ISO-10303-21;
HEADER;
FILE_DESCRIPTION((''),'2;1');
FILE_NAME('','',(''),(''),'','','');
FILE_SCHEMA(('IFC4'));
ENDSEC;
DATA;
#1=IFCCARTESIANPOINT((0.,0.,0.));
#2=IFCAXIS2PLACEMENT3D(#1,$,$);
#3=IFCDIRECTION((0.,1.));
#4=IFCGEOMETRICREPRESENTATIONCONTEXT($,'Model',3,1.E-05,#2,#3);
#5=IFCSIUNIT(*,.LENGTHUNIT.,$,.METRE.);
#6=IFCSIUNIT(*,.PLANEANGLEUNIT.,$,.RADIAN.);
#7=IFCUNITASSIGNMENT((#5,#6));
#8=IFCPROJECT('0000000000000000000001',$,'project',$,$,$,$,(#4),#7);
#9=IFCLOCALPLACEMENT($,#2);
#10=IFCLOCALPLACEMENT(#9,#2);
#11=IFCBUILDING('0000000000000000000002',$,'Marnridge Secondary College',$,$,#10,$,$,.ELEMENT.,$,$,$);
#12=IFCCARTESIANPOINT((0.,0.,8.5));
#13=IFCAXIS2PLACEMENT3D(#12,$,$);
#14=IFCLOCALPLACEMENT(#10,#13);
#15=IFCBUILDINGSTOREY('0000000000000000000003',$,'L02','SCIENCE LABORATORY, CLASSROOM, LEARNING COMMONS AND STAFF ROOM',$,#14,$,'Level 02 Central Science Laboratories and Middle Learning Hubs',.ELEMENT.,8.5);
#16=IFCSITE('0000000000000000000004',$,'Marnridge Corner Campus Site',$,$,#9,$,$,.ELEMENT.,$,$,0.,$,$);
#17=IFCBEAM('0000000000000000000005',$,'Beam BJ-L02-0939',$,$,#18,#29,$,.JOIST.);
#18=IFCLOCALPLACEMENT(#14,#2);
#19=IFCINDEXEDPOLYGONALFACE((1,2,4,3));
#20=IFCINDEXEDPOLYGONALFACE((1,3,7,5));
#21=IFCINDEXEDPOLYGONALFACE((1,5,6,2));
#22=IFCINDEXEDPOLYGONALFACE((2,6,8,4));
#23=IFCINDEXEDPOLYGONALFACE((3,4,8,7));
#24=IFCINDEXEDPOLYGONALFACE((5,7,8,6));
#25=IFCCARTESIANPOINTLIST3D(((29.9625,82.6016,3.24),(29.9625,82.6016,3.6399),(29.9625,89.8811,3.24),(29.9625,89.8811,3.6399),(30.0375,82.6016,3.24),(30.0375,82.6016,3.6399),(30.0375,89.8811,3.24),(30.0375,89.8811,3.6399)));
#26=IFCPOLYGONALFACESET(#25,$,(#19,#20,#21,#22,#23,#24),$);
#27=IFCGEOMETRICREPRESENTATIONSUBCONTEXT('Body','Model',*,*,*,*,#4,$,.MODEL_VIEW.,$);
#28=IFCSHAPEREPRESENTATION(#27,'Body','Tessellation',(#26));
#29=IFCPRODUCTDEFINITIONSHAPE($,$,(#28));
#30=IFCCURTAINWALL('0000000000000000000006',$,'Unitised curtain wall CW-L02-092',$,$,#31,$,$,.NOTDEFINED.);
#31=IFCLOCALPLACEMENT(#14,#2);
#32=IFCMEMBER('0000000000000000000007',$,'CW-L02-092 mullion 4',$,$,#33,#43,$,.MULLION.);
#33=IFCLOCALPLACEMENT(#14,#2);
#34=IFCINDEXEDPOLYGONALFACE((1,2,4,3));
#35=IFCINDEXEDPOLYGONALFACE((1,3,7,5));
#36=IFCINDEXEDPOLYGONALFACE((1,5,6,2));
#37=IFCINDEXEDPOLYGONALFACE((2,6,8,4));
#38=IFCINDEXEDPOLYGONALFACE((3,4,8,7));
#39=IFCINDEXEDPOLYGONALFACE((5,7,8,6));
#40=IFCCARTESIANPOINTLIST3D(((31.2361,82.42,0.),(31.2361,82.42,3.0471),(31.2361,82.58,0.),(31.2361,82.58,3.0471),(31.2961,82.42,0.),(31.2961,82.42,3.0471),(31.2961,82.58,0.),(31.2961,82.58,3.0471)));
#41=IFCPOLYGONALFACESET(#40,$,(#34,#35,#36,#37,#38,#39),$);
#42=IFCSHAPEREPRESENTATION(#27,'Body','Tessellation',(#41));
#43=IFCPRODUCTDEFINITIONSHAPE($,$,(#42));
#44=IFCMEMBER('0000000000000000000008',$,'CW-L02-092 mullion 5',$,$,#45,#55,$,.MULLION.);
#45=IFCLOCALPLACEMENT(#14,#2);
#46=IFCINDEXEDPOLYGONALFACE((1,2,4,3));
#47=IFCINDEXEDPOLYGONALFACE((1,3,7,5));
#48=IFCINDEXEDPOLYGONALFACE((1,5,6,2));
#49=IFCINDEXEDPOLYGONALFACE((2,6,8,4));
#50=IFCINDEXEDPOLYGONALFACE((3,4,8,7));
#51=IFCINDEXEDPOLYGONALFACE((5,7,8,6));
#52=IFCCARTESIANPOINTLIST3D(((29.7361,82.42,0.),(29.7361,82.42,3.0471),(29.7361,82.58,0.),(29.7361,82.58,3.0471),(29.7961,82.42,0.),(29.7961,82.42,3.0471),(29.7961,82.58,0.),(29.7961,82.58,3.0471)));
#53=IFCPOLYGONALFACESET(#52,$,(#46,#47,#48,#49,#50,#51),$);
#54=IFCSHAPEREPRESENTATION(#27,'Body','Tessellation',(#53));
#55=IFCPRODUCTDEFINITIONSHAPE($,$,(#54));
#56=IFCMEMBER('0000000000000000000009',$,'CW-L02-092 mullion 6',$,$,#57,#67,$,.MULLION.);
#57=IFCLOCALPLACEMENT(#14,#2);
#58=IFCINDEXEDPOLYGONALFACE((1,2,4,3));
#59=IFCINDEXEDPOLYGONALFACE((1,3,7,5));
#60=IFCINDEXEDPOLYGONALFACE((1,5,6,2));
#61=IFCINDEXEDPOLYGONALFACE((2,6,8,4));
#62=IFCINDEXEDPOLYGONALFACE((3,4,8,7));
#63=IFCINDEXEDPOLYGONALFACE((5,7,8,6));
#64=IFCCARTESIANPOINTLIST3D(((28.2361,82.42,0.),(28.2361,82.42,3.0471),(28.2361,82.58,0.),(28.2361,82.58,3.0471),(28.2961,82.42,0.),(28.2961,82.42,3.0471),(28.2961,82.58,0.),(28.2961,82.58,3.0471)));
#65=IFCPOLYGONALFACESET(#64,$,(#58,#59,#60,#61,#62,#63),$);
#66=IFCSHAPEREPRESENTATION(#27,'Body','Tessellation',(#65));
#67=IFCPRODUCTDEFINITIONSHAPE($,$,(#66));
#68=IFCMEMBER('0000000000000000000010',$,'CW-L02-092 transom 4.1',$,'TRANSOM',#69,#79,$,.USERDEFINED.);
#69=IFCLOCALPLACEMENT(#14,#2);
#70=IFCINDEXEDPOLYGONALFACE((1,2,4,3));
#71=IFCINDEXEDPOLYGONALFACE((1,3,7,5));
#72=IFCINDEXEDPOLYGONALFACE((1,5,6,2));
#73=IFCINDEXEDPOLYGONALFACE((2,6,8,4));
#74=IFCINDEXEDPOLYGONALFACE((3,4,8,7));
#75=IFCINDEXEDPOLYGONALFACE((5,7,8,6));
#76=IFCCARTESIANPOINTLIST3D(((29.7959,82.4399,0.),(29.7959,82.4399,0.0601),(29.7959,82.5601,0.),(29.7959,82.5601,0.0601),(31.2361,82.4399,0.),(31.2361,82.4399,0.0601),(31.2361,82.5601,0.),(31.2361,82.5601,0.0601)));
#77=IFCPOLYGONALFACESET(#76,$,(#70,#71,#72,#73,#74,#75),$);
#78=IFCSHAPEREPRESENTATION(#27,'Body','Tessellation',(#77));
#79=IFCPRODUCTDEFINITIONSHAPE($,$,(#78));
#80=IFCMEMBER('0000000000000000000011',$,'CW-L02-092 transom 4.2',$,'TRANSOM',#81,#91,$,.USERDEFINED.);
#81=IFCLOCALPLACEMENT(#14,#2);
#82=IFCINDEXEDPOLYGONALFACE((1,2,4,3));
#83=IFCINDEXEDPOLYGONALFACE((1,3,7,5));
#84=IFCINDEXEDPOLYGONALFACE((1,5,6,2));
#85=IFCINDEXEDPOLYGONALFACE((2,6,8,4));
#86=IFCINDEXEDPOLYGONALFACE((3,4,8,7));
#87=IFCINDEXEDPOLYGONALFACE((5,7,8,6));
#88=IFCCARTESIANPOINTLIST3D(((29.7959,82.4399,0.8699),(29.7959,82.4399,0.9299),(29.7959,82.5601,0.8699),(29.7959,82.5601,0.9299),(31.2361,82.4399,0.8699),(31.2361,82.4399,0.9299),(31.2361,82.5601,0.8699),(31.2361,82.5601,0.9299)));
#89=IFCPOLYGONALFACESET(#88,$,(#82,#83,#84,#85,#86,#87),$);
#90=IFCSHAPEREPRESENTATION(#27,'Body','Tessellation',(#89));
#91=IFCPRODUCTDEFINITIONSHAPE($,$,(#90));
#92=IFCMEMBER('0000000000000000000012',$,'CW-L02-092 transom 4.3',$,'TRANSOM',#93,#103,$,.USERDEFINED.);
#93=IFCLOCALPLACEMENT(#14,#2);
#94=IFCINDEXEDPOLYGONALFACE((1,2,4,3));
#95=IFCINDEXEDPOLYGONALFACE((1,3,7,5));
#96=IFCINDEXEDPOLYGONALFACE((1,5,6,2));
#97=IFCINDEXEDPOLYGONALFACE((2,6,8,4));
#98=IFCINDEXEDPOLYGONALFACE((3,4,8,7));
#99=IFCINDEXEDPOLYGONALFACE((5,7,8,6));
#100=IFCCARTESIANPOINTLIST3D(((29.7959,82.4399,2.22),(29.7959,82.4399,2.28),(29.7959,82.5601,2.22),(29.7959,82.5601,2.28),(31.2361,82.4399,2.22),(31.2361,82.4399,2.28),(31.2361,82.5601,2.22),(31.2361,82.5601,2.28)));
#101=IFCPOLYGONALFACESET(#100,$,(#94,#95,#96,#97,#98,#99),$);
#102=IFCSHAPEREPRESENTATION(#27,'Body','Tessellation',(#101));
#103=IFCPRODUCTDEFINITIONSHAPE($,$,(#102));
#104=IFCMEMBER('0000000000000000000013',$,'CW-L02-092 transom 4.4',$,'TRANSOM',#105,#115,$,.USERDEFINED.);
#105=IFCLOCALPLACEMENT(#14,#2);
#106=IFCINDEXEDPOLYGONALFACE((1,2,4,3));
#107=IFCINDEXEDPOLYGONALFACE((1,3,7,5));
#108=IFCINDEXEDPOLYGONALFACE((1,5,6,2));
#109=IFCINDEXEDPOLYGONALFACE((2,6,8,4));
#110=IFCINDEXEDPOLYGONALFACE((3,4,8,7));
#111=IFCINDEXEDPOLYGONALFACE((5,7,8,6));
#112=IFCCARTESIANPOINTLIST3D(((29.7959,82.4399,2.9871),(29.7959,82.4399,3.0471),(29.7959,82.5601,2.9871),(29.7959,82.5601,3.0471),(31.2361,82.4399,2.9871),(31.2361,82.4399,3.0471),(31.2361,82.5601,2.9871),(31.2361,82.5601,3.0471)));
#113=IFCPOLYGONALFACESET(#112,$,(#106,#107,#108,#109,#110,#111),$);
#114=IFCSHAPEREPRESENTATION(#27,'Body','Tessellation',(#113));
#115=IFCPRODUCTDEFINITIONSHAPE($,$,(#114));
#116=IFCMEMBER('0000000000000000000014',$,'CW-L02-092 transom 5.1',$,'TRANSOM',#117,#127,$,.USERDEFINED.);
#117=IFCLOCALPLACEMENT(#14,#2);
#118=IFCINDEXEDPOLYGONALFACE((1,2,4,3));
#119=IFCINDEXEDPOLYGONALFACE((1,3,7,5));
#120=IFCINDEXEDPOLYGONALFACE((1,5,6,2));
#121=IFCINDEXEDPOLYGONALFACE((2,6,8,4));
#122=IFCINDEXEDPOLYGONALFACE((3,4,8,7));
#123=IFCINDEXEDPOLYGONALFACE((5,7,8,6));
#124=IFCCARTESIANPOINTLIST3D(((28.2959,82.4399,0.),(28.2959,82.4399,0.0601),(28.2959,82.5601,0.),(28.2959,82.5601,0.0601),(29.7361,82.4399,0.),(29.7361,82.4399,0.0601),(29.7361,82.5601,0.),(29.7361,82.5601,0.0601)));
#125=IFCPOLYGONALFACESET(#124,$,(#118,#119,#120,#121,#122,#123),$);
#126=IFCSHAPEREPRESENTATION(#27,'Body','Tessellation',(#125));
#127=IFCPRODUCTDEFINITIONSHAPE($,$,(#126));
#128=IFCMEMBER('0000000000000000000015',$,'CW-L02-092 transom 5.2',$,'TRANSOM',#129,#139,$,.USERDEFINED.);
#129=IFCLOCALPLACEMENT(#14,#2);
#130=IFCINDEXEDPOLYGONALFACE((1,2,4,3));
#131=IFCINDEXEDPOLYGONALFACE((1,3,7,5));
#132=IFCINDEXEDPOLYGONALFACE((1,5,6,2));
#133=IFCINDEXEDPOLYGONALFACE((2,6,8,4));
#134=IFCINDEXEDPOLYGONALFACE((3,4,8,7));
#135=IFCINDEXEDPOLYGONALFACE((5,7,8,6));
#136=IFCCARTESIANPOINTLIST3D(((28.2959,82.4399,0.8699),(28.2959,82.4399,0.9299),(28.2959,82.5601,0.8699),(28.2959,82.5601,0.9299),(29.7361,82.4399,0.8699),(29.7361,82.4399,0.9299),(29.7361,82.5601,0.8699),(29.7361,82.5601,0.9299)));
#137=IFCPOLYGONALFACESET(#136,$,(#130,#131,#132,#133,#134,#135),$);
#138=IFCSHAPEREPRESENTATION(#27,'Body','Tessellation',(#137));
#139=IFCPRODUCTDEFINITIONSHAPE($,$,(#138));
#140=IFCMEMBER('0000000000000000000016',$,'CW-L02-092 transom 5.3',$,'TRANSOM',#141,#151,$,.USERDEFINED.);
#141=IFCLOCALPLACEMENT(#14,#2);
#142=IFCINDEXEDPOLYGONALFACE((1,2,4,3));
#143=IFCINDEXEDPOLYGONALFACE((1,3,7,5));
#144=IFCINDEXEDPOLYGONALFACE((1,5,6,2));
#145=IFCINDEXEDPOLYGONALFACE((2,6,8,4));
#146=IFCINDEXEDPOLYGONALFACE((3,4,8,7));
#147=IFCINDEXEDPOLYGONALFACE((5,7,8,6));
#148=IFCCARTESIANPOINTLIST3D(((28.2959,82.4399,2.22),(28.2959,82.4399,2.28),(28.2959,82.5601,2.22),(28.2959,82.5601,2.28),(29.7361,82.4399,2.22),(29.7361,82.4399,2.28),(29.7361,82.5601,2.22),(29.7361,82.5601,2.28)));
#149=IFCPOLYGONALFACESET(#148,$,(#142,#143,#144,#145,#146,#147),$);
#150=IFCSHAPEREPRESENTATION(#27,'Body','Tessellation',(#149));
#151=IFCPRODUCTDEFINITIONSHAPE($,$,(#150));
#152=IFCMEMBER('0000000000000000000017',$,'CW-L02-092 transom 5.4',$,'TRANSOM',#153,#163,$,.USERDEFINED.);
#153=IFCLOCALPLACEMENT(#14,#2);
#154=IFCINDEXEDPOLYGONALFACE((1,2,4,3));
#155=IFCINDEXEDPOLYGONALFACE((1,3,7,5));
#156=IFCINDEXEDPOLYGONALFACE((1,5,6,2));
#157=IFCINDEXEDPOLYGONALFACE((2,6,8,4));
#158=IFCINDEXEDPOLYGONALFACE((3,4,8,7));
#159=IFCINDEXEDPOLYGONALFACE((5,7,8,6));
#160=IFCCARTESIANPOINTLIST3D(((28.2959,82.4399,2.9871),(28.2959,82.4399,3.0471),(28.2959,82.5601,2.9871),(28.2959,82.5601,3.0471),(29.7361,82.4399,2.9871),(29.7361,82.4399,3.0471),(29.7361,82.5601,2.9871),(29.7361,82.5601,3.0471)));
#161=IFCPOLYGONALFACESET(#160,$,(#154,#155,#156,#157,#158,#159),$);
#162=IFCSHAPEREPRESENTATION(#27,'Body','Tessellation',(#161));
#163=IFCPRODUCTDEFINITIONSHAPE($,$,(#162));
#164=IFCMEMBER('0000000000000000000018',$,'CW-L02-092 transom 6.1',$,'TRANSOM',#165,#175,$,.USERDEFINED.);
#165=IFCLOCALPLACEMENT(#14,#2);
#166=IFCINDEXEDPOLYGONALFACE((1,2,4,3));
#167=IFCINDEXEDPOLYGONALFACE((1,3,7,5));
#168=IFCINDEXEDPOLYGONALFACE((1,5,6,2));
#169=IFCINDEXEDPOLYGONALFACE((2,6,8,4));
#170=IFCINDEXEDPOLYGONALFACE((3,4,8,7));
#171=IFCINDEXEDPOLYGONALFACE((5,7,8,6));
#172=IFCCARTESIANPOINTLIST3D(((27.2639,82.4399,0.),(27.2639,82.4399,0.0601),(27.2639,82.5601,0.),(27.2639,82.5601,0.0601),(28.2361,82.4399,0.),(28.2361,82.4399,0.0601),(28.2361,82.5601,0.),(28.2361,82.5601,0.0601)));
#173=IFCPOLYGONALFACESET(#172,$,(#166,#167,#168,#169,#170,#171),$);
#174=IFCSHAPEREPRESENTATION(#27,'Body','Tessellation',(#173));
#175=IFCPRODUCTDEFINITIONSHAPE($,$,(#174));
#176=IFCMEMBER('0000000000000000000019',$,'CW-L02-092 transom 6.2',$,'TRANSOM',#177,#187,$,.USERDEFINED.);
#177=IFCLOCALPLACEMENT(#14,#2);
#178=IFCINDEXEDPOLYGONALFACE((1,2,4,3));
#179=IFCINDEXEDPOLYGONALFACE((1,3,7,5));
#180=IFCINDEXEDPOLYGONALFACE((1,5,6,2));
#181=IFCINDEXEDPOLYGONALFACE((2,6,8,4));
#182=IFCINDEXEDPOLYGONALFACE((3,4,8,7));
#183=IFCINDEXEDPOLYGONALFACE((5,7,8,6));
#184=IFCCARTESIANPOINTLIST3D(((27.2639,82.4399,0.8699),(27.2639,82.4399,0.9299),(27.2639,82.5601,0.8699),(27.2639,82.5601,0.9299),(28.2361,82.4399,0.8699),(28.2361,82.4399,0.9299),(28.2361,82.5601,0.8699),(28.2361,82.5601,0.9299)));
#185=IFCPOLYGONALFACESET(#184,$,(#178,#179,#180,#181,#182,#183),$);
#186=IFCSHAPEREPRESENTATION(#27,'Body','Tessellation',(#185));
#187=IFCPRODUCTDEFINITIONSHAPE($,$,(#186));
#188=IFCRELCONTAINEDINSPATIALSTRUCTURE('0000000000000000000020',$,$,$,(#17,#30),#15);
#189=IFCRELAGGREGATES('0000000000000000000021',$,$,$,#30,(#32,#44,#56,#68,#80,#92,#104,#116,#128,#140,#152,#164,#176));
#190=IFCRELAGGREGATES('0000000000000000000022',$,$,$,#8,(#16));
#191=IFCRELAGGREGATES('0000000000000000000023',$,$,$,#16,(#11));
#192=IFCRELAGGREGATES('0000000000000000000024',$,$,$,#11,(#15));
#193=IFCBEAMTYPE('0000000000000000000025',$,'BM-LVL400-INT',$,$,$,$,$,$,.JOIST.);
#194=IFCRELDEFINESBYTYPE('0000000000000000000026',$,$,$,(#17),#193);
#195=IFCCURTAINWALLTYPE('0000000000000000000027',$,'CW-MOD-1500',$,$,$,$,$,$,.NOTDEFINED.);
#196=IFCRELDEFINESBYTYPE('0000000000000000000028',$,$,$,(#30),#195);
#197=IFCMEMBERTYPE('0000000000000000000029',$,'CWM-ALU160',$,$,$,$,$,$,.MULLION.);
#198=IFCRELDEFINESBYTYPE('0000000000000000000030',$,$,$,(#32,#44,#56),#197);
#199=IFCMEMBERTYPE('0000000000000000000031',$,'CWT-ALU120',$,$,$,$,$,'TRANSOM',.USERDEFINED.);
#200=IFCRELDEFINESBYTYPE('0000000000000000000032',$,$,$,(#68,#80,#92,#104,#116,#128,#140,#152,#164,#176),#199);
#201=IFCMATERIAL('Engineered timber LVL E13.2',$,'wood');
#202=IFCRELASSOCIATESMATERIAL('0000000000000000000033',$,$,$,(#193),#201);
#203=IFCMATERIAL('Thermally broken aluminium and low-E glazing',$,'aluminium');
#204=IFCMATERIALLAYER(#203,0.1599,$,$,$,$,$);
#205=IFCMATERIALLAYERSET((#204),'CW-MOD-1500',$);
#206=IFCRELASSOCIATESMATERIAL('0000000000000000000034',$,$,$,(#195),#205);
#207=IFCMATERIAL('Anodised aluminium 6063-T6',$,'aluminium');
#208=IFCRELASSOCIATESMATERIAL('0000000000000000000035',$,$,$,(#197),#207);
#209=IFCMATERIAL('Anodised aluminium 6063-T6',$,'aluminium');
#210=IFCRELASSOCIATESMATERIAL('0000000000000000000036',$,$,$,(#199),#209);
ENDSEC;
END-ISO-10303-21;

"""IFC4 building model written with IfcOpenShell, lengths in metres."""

from ifc_helpers import new_model, si_unit, direction, frame, origin, origin_2d, place, context, subcontext, project, spatial, rectangle, extrude, material, layer, layer_set, material_profile, profile_set, type_object, element, aggregate, save


model = new_model("IFC4")

# Units and contexts
model_context = context("Model", 3, precision=1e-05, world=origin(), true_north=direction((0.0, 1.0)))
body_context = subcontext(model_context, "Body", "Model", "MODEL_VIEW")
ifc_project = project(units=[si_unit("LENGTHUNIT", "METRE"), si_unit("PLANEANGLEUNIT", "RADIAN")], contexts=[model_context])

# Site, building, storey
site_placement = place(None, origin())
site = spatial("IfcSite", under=ifc_project, at=site_placement, Name="Marnridge Corner Campus Site", CompositionType="ELEMENT", RefElevation=0.0)
building_placement = place(site_placement, origin())
building = spatial("IfcBuilding", under=site, at=building_placement, Name="Marnridge Secondary College", CompositionType="ELEMENT")
storey_placement = place(building_placement, frame((0.0, 0.0, 8.5)))
storey = spatial("IfcBuildingStorey", under=building, at=storey_placement, Name="L02", Description="SCIENCE LABORATORY, CLASSROOM, LEARNING COMMONS AND STAFF ROOM", LongName="Level 02 Central Science Laboratories and Middle Learning Hubs", CompositionType="ELEMENT", Elevation=8.5)

# Beam
ifc_material_1 = material(Name="Engineered timber LVL E13.2", Category="wood")
ifc_material_profile_1 = material_profile(ifc_material_1, rectangle(XDim=0.075, YDim=0.3999, at=origin_2d()), Name="LVL 75x400")
ifc_profile_set_1 = profile_set([ifc_material_profile_1], Name="Engineered timber LVL E13.2")
beam_type = type_object("IfcBeamType", Name="BM-LVL400-INT", PredefinedType="JOIST", material=ifc_profile_set_1)
beam_placement = place(storey_placement, frame((30.0, 82.6016, 3.4399), z_axis=(0.0, 1.0, 0.0), x_axis=(-1.0, 0.0, 0.0)))
element("IfcBeam", 1, at=beam_placement, inside=storey, type_object=beam_type, Name="Beam BJ-L02-0939", PredefinedType="JOIST", context=body_context, shape_type="SweptSolid", body=[
    extrude(rectangle(XDim=0.075, YDim=0.3999, at=origin_2d()), origin(), (0.0, 0.0, 1.0), 7.2795),
])

# Curtain wall, members
ifc_material_2 = material(Name="Thermally broken aluminium and low-E glazing", Category="aluminium")
ifc_layer_1 = layer(ifc_material_2, 0.1599)
ifc_layer_set_1 = layer_set([ifc_layer_1], Name="CW-MOD-1500")
curtain_wall_type = type_object("IfcCurtainWallType", Name="CW-MOD-1500", PredefinedType="NOTDEFINED", material=ifc_layer_set_1)
curtain_wall_placement = place(storey_placement, origin())
curtain_wall = element("IfcCurtainWall", 2, at=curtain_wall_placement, inside=storey, type_object=curtain_wall_type, Name="Unitised curtain wall CW-L02-092", PredefinedType="NOTDEFINED")
ifc_material_3 = material(Name="Anodised aluminium 6063-T6", Category="aluminium")
ifc_material_profile_2 = material_profile(ifc_material_3, rectangle(XDim=0.0601, YDim=0.1599, at=origin_2d()), Name="ALU 60x160")
ifc_profile_set_2 = profile_set([ifc_material_profile_2], Name="Anodised aluminium 6063-T6")
member_type_1 = type_object("IfcMemberType", Name="CWM-ALU160", PredefinedType="MULLION", material=ifc_profile_set_2)
member_1_placement = place(storey_placement, frame((31.2661, 82.5, 0.0), z_axis=(0.0, 0.0, 1.0), x_axis=(-1.0, 0.0, 0.0)))
member_1 = element("IfcMember", 3, at=member_1_placement, type_object=member_type_1, Name="CW-L02-092 mullion 4", PredefinedType="MULLION", context=body_context, shape_type="SweptSolid", body=[
    extrude(rectangle(XDim=0.0601, YDim=0.1599, at=origin_2d()), origin(), (0.0, 0.0, 1.0), 3.0471),
])
member_2_placement = place(storey_placement, frame((29.7661, 82.5, 0.0), z_axis=(0.0, 0.0, 1.0), x_axis=(-1.0, 0.0, 0.0)))
member_2 = element("IfcMember", 4, at=member_2_placement, type_object=member_type_1, Name="CW-L02-092 mullion 5", PredefinedType="MULLION", context=body_context, shape_type="SweptSolid", body=[
    extrude(rectangle(XDim=0.0601, YDim=0.1599, at=origin_2d()), origin(), (0.0, 0.0, 1.0), 3.0471),
])
member_3_placement = place(storey_placement, frame((28.2661, 82.5, 0.0), z_axis=(0.0, 0.0, 1.0), x_axis=(-1.0, 0.0, 0.0)))
member_3 = element("IfcMember", 5, at=member_3_placement, type_object=member_type_1, Name="CW-L02-092 mullion 6", PredefinedType="MULLION", context=body_context, shape_type="SweptSolid", body=[
    extrude(rectangle(XDim=0.0601, YDim=0.1599, at=origin_2d()), origin(), (0.0, 0.0, 1.0), 3.0471),
])
ifc_material_4 = material(Name="Anodised aluminium 6063-T6", Category="aluminium")
ifc_material_profile_3 = material_profile(ifc_material_4, rectangle(XDim=0.0601, YDim=0.1201, at=origin_2d()), Name="ALU 60x120")
ifc_profile_set_3 = profile_set([ifc_material_profile_3], Name="Anodised aluminium 6063-T6")
member_type_2 = type_object("IfcMemberType", Name="CWT-ALU120", ElementType="TRANSOM", PredefinedType="USERDEFINED", material=ifc_profile_set_3)
member_4_placement = place(storey_placement, frame((31.2361, 82.5, 0.03), z_axis=(-1.0, 0.0, 0.0), x_axis=(0.0, 0.0, 1.0)))
member_4 = element("IfcMember", 6, at=member_4_placement, type_object=member_type_2, Name="CW-L02-092 transom 4.1", ObjectType="TRANSOM", PredefinedType="USERDEFINED", context=body_context, shape_type="SweptSolid", body=[
    extrude(rectangle(XDim=0.0601, YDim=0.1201, at=origin_2d()), origin(), (0.0, 0.0, 1.0), 1.4402),
])
member_5_placement = place(storey_placement, frame((31.2361, 82.5, 0.8999), z_axis=(-1.0, 0.0, 0.0), x_axis=(0.0, 0.0, 1.0)))
member_5 = element("IfcMember", 7, at=member_5_placement, type_object=member_type_2, Name="CW-L02-092 transom 4.2", ObjectType="TRANSOM", PredefinedType="USERDEFINED", context=body_context, shape_type="SweptSolid", body=[
    extrude(rectangle(XDim=0.0601, YDim=0.1201, at=origin_2d()), origin(), (0.0, 0.0, 1.0), 1.4402),
])
member_6_placement = place(storey_placement, frame((31.2361, 82.5, 2.25), z_axis=(-1.0, 0.0, 0.0), x_axis=(0.0, 0.0, 1.0)))
member_6 = element("IfcMember", 8, at=member_6_placement, type_object=member_type_2, Name="CW-L02-092 transom 4.3", ObjectType="TRANSOM", PredefinedType="USERDEFINED", context=body_context, shape_type="SweptSolid", body=[
    extrude(rectangle(XDim=0.0601, YDim=0.1201, at=origin_2d()), origin(), (0.0, 0.0, 1.0), 1.4402),
])
member_7_placement = place(storey_placement, frame((31.2361, 82.5, 3.0171), z_axis=(-1.0, 0.0, 0.0), x_axis=(0.0, 0.0, 1.0)))
member_7 = element("IfcMember", 9, at=member_7_placement, type_object=member_type_2, Name="CW-L02-092 transom 4.4", ObjectType="TRANSOM", PredefinedType="USERDEFINED", context=body_context, shape_type="SweptSolid", body=[
    extrude(rectangle(XDim=0.0601, YDim=0.1201, at=origin_2d()), origin(), (0.0, 0.0, 1.0), 1.4402),
])
member_8_placement = place(storey_placement, frame((29.7361, 82.5, 0.03), z_axis=(-1.0, 0.0, 0.0), x_axis=(0.0, 0.0, 1.0)))
member_8 = element("IfcMember", 10, at=member_8_placement, type_object=member_type_2, Name="CW-L02-092 transom 5.1", ObjectType="TRANSOM", PredefinedType="USERDEFINED", context=body_context, shape_type="SweptSolid", body=[
    extrude(rectangle(XDim=0.0601, YDim=0.1201, at=origin_2d()), origin(), (0.0, 0.0, 1.0), 1.4402),
])
member_9_placement = place(storey_placement, frame((29.7361, 82.5, 0.8999), z_axis=(-1.0, 0.0, 0.0), x_axis=(0.0, 0.0, 1.0)))
member_9 = element("IfcMember", 11, at=member_9_placement, type_object=member_type_2, Name="CW-L02-092 transom 5.2", ObjectType="TRANSOM", PredefinedType="USERDEFINED", context=body_context, shape_type="SweptSolid", body=[
    extrude(rectangle(XDim=0.0601, YDim=0.1201, at=origin_2d()), origin(), (0.0, 0.0, 1.0), 1.4402),
])
member_10_placement = place(storey_placement, frame((29.7361, 82.5, 2.25), z_axis=(-1.0, 0.0, 0.0), x_axis=(0.0, 0.0, 1.0)))
member_10 = element("IfcMember", 12, at=member_10_placement, type_object=member_type_2, Name="CW-L02-092 transom 5.3", ObjectType="TRANSOM", PredefinedType="USERDEFINED", context=body_context, shape_type="SweptSolid", body=[
    extrude(rectangle(XDim=0.0601, YDim=0.1201, at=origin_2d()), origin(), (0.0, 0.0, 1.0), 1.4402),
])
member_11_placement = place(storey_placement, frame((29.7361, 82.5, 3.0171), z_axis=(-1.0, 0.0, 0.0), x_axis=(0.0, 0.0, 1.0)))
member_11 = element("IfcMember", 13, at=member_11_placement, type_object=member_type_2, Name="CW-L02-092 transom 5.4", ObjectType="TRANSOM", PredefinedType="USERDEFINED", context=body_context, shape_type="SweptSolid", body=[
    extrude(rectangle(XDim=0.0601, YDim=0.1201, at=origin_2d()), origin(), (0.0, 0.0, 1.0), 1.4402),
])
member_12_placement = place(storey_placement, frame((28.2361, 82.5, 0.03), z_axis=(-1.0, 0.0, 0.0), x_axis=(0.0, 0.0, 1.0)))
member_12 = element("IfcMember", 14, at=member_12_placement, type_object=member_type_2, Name="CW-L02-092 transom 6.1", ObjectType="TRANSOM", PredefinedType="USERDEFINED", context=body_context, shape_type="SweptSolid", body=[
    extrude(rectangle(XDim=0.0601, YDim=0.1201, at=origin_2d()), origin(), (0.0, 0.0, 1.0), 0.9722),
])
member_13_placement = place(storey_placement, frame((28.2361, 82.5, 0.8999), z_axis=(-1.0, 0.0, 0.0), x_axis=(0.0, 0.0, 1.0)))
member_13 = element("IfcMember", 15, at=member_13_placement, type_object=member_type_2, Name="CW-L02-092 transom 6.2", ObjectType="TRANSOM", PredefinedType="USERDEFINED", context=body_context, shape_type="SweptSolid", body=[
    extrude(rectangle(XDim=0.0601, YDim=0.1201, at=origin_2d()), origin(), (0.0, 0.0, 1.0), 0.9722),
])
aggregate(curtain_wall, [member_1, member_2, member_3, member_4, member_5, member_6, member_7, member_8, member_9, member_10, member_11, member_12, member_13])

save(model, "model.ifc")
